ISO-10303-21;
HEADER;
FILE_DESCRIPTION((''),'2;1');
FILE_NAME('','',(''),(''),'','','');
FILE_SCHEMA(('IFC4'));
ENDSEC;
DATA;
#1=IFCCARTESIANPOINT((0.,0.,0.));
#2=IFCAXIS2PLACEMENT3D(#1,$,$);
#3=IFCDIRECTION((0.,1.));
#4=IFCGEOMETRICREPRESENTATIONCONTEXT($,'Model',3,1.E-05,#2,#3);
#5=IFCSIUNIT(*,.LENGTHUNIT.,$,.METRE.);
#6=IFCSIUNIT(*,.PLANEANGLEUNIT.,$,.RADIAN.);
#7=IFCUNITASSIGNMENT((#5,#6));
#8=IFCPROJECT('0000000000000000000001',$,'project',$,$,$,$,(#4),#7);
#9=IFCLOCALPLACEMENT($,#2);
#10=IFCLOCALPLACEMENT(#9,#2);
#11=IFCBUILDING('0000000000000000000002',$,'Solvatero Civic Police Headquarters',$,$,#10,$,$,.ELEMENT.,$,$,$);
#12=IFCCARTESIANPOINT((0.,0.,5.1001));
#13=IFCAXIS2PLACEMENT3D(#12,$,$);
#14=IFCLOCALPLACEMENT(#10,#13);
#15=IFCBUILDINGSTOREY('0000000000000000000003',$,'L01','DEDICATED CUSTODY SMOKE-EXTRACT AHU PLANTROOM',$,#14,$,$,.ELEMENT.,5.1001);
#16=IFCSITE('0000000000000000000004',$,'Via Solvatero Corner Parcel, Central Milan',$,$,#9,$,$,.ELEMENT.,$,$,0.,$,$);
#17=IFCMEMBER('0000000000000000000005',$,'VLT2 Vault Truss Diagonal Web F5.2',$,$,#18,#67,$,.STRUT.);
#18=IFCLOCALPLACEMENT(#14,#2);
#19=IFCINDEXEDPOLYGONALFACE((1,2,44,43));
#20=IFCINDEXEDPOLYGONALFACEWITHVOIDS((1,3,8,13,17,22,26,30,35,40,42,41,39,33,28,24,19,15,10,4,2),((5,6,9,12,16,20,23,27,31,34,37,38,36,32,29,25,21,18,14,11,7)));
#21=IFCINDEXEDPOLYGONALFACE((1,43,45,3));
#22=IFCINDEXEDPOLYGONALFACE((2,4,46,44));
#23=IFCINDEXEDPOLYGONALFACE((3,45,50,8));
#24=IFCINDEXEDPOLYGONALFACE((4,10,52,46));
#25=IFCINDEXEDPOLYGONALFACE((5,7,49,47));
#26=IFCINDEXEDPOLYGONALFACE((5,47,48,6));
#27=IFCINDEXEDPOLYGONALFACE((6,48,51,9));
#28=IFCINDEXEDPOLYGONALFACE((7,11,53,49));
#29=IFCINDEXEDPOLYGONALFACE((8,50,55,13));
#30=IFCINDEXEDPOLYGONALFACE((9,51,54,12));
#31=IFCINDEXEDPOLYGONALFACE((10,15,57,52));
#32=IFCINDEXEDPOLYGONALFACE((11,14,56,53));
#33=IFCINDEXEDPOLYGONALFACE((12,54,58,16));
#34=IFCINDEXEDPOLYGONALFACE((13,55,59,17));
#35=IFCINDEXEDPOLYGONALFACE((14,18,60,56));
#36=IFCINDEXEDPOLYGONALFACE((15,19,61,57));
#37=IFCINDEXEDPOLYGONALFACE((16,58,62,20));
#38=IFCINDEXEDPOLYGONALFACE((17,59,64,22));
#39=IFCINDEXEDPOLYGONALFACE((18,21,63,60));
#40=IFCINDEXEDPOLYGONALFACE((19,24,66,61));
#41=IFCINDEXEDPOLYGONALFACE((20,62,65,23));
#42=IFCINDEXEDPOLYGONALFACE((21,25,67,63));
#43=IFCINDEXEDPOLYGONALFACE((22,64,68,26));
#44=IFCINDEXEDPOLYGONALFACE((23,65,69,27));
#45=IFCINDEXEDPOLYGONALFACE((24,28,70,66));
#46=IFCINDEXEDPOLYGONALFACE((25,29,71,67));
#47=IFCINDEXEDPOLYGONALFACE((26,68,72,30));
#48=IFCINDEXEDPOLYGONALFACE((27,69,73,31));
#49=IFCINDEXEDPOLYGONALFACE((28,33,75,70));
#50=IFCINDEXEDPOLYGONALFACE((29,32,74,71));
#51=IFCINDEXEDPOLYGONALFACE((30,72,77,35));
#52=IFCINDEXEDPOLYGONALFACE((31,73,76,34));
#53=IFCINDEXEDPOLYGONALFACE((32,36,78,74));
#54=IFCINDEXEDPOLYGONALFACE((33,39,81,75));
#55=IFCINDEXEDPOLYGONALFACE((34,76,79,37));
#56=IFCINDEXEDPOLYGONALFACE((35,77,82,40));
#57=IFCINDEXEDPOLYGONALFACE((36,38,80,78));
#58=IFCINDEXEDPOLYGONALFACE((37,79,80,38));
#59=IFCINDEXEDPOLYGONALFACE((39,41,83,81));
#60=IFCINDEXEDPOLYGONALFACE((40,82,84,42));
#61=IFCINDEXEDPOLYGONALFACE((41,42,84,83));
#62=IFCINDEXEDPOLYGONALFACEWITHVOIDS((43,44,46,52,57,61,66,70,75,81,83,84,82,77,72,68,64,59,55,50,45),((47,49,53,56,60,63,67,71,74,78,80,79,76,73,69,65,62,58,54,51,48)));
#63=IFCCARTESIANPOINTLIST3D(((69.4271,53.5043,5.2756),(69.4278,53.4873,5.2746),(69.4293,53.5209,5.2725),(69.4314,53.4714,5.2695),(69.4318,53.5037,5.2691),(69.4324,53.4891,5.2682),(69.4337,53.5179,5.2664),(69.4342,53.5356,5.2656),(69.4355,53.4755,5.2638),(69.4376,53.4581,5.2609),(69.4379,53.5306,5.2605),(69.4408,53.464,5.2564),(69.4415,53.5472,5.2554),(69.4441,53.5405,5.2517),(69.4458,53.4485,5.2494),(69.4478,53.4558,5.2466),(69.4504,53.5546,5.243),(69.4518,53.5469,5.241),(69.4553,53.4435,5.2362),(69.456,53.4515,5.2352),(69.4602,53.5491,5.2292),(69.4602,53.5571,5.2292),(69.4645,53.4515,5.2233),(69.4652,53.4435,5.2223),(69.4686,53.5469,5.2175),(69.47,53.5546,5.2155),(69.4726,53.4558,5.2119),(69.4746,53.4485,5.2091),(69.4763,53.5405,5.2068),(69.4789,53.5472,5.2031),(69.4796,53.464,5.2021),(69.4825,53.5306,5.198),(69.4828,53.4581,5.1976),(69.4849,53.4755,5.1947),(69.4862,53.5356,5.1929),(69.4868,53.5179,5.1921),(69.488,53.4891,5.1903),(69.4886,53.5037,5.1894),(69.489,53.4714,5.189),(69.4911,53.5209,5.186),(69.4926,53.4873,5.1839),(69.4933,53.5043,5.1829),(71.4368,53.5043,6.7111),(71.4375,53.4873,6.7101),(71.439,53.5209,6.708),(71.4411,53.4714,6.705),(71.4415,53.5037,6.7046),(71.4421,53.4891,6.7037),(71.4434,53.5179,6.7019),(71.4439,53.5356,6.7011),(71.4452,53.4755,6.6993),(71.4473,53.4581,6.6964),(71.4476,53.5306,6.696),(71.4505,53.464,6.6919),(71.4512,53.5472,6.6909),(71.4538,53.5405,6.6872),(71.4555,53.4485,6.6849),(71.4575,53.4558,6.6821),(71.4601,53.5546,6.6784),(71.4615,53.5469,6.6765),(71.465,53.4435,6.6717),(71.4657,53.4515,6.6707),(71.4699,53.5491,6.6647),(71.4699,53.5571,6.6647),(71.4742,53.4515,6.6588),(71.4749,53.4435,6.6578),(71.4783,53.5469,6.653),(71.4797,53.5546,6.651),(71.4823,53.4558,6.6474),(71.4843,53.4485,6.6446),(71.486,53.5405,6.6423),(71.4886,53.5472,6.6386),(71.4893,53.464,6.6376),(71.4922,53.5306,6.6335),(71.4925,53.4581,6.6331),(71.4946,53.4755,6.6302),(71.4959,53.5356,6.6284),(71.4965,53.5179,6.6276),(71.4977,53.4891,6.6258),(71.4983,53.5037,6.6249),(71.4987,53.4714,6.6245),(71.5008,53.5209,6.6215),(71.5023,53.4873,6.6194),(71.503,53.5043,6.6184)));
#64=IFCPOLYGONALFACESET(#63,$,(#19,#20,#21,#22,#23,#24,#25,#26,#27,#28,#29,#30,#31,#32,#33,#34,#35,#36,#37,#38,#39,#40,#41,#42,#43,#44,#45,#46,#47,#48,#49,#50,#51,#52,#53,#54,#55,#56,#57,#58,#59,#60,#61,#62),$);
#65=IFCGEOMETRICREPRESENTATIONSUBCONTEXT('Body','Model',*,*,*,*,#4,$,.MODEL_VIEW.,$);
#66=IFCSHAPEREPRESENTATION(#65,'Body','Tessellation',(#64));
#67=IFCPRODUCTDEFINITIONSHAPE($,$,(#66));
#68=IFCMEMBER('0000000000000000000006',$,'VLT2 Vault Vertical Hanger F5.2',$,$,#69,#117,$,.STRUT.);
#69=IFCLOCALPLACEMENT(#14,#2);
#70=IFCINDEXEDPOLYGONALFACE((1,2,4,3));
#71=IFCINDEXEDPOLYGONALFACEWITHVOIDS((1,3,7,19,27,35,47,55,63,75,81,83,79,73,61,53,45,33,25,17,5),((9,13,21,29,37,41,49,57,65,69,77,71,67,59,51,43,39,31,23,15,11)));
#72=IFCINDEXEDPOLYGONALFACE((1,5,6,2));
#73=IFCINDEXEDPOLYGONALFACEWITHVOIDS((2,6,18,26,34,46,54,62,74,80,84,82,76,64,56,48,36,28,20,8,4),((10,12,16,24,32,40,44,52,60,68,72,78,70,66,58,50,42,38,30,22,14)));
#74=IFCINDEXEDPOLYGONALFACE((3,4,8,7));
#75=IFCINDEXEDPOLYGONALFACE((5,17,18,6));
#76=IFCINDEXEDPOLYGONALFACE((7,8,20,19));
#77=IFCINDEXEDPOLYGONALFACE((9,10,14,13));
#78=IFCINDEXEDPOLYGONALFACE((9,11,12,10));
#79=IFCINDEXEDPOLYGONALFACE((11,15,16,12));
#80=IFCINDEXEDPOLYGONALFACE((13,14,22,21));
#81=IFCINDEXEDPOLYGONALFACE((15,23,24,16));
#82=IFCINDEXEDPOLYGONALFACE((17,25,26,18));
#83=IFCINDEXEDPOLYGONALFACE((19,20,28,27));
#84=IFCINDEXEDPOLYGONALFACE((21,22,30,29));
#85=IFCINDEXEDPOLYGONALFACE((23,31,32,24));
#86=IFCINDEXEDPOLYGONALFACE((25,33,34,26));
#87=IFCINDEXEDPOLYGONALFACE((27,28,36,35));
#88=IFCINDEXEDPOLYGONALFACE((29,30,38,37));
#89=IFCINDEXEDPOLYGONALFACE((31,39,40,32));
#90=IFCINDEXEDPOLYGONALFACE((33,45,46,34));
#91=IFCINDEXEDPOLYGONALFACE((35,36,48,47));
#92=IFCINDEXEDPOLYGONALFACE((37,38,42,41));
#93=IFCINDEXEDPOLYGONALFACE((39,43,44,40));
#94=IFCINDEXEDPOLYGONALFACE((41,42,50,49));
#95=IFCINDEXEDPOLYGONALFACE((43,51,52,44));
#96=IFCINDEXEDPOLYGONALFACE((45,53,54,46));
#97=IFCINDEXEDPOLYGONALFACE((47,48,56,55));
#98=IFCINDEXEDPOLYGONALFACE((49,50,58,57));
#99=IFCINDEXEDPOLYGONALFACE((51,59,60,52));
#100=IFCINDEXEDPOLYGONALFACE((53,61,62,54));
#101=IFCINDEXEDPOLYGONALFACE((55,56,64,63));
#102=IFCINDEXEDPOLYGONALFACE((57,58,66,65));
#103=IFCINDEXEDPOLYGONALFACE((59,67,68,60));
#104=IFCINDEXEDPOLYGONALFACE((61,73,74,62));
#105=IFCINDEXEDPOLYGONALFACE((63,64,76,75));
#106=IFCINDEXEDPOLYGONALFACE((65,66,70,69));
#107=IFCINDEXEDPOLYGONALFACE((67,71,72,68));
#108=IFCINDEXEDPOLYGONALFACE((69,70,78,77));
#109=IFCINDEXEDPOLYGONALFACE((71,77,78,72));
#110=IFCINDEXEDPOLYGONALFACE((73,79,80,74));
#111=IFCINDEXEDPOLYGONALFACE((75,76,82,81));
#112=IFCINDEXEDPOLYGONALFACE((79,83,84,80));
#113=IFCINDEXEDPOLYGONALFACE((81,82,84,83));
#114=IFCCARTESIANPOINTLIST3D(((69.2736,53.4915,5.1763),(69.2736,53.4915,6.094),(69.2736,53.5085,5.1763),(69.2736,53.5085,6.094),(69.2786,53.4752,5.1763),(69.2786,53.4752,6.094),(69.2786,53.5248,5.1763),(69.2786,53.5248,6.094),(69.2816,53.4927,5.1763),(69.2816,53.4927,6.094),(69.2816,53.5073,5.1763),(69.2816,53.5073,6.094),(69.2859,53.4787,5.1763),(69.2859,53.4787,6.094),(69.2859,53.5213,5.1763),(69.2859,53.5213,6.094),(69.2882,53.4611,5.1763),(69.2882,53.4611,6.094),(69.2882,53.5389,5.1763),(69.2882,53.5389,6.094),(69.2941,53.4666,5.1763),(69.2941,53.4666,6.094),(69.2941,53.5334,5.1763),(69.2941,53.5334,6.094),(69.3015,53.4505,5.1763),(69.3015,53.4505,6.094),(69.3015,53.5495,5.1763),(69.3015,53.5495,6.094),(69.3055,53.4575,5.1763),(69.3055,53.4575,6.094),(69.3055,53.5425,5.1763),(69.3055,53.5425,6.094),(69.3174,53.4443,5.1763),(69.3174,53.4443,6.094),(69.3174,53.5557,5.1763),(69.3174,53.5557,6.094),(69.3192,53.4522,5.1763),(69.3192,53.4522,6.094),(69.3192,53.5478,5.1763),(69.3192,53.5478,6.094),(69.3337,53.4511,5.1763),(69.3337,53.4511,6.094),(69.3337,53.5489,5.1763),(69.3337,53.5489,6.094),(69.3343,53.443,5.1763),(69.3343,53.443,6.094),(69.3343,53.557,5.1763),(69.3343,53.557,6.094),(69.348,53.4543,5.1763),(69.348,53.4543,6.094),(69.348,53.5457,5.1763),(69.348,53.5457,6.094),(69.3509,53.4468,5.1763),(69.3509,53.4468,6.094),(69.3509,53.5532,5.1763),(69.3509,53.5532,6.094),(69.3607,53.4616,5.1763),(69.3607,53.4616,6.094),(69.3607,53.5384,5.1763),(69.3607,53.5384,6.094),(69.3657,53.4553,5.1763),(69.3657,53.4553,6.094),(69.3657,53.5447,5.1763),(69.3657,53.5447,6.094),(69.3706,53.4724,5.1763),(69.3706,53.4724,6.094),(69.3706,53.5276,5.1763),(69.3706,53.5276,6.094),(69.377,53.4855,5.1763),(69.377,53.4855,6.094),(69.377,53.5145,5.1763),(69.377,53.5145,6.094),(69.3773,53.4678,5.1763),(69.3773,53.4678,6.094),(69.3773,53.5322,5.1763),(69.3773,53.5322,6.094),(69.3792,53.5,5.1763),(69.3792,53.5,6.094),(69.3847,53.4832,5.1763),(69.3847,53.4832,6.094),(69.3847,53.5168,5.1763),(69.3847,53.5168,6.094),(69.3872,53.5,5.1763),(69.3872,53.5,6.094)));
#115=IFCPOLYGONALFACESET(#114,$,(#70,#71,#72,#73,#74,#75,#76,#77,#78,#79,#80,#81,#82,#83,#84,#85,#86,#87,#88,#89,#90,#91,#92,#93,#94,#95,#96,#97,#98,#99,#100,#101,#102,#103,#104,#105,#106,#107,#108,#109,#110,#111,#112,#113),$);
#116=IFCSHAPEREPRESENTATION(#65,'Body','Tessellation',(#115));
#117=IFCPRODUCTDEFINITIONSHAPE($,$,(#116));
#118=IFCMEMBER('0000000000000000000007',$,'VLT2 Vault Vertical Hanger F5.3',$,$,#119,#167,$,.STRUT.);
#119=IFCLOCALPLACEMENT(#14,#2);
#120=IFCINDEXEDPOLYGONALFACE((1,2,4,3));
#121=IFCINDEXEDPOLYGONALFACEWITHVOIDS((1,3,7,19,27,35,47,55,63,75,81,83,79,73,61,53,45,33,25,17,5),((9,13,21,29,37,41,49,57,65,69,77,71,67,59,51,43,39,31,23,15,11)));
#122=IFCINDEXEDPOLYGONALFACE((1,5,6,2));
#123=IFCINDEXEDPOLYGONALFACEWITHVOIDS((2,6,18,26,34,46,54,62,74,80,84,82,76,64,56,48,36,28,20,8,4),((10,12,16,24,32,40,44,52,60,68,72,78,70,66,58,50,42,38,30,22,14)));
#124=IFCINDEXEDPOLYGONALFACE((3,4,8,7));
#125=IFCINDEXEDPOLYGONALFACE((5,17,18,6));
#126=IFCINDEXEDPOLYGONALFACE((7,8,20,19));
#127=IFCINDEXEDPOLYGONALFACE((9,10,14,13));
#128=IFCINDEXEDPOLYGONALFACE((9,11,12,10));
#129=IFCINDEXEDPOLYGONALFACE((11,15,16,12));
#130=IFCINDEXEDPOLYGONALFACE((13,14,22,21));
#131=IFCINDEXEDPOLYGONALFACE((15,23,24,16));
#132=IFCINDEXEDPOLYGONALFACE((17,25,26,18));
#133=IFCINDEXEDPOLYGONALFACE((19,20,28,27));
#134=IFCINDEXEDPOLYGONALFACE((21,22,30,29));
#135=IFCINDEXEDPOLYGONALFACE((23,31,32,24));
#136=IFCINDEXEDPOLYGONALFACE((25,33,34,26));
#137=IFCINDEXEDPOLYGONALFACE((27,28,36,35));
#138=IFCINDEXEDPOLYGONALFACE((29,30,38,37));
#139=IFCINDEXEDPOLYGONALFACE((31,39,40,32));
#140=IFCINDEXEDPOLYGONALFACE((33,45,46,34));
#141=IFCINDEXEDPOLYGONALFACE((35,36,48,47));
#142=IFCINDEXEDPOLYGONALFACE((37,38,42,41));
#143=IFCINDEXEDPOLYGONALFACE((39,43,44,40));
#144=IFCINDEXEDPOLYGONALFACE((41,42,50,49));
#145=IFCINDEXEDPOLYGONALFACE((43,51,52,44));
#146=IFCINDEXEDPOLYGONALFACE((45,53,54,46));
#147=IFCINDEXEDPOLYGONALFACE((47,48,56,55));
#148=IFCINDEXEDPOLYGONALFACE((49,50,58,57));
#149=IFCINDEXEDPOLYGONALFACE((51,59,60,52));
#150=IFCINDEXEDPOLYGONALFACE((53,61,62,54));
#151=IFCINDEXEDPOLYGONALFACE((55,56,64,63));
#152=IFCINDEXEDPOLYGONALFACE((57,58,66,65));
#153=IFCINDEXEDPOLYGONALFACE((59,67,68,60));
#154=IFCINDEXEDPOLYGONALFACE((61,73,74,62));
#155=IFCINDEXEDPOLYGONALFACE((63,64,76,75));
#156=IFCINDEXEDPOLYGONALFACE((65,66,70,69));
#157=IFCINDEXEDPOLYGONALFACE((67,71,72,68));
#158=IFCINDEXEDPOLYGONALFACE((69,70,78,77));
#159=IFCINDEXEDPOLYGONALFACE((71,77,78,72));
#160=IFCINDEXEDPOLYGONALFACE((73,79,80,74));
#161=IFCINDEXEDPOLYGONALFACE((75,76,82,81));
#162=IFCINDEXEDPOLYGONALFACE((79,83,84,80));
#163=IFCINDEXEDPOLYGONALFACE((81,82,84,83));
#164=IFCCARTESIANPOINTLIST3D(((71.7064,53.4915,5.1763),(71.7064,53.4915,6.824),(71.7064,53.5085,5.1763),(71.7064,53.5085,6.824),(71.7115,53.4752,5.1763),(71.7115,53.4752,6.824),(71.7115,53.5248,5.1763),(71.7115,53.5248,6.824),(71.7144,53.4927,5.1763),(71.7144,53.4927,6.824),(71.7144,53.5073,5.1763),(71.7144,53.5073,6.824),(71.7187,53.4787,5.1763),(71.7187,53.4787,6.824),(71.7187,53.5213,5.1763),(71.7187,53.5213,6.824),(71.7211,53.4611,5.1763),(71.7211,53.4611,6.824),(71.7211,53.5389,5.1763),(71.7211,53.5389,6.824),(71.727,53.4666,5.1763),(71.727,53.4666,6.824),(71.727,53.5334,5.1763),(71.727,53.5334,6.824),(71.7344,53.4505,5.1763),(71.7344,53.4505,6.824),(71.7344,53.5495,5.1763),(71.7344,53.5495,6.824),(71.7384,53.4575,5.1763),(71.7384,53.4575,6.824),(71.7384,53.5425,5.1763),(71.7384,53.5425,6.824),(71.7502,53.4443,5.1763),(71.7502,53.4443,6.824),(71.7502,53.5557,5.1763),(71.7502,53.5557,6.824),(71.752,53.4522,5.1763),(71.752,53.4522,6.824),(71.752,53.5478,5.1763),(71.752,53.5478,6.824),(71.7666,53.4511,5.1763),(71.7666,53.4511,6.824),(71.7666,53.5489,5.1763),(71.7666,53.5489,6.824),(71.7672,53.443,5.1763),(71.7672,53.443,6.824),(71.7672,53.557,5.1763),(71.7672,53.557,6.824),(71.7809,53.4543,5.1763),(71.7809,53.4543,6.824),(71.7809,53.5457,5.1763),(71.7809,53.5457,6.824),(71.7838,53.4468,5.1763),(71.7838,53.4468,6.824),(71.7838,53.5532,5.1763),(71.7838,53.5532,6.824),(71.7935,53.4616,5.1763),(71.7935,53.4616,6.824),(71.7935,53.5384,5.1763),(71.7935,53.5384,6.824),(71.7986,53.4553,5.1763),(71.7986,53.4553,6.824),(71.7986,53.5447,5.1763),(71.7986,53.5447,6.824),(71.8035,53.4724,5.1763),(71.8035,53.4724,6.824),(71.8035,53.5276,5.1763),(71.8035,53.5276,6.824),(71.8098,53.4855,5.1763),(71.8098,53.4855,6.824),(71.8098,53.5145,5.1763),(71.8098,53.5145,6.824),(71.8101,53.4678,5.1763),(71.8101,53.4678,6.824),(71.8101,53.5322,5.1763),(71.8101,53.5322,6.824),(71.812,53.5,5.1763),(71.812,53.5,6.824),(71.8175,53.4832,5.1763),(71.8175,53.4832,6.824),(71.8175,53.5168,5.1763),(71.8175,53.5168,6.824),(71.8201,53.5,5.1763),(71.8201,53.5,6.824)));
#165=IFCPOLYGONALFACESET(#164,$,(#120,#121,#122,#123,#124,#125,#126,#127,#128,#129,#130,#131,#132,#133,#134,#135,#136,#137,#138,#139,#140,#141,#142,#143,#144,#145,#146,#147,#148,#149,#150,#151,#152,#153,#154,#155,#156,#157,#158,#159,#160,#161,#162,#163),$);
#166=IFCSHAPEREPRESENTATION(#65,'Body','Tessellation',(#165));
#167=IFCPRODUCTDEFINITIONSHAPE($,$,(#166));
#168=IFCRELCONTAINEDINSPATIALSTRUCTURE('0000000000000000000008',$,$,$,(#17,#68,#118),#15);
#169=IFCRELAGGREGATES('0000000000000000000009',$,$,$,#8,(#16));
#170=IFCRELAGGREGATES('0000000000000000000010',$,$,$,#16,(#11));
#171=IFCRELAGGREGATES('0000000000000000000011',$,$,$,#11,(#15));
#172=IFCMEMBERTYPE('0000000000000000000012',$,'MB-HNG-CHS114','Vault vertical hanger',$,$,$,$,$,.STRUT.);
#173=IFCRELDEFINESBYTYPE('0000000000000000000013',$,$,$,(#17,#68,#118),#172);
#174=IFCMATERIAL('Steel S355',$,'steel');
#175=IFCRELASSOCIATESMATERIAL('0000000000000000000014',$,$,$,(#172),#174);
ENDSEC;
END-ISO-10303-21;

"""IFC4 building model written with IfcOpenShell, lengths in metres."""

from ifc_helpers import new_model, si_unit, direction, frame, origin, origin_2d, place, context, subcontext, project, spatial, hollow_circle, extrude, material, material_profile, profile_set, type_object, element, save


model = new_model("IFC4")

# Units and contexts
model_context = context("Model", 3, precision=1e-05, world=origin(), true_north=direction((0.0, 1.0)))
body_context = subcontext(model_context, "Body", "Model", "MODEL_VIEW")
ifc_project = project(units=[si_unit("LENGTHUNIT", "METRE"), si_unit("PLANEANGLEUNIT", "RADIAN")], contexts=[model_context])

# Site, building, storey
site_placement = place(None, origin())
site = spatial("IfcSite", under=ifc_project, at=site_placement, Name="Via Solvatero Corner Parcel, Central Milan", CompositionType="ELEMENT", RefElevation=0.0)
building_placement = place(site_placement, origin())
building = spatial("IfcBuilding", under=site, at=building_placement, Name="Solvatero Civic Police Headquarters", CompositionType="ELEMENT")
storey_placement = place(building_placement, frame((0.0, 0.0, 5.1001)))
storey = spatial("IfcBuildingStorey", under=building, at=storey_placement, Name="L01", Description="DEDICATED CUSTODY SMOKE-EXTRACT AHU PLANTROOM", CompositionType="ELEMENT", Elevation=5.1001)

# Shared definitions
ifc_material = material(Name="Steel S355", Category="steel")

# Members
ifc_material_profile_1 = material_profile(ifc_material, hollow_circle(Radius=0.0571, WallThickness=0.0081, at=origin_2d()), Name="CHS 114.3x8.0")
ifc_profile_set_1 = profile_set([ifc_material_profile_1], Name="Steel S355")
member_type_1 = type_object("IfcMemberType", Name="MB-HNG-CHS114", Description="Vault vertical hanger", PredefinedType="STRUT", material=ifc_profile_set_1)
member_1_placement = place(storey_placement, frame((69.4602, 53.5, 5.2292), z_axis=(0.813733, 0.0, 0.581238), x_axis=(0.0, 1.0, 0.0)))
element("IfcMember", 1, at=member_1_placement, inside=storey, type_object=member_type_1, Name="VLT2 Vault Truss Diagonal Web F5.2", PredefinedType="STRUT", context=body_context, shape_type="SweptSolid", body=[
    extrude(hollow_circle(Radius=0.0571, WallThickness=0.0081, at=origin_2d()), origin(), (0.0, 0.0, 1.0), 2.4697),
])
member_2_placement = place(storey_placement, frame((69.3301, 53.5, 5.1763), z_axis=(0.0, 0.0, 1.0), x_axis=(1.0, 0.0, 0.0)))
element("IfcMember", 2, at=member_2_placement, inside=storey, type_object=member_type_1, Name="VLT2 Vault Vertical Hanger F5.2", PredefinedType="STRUT", context=body_context, shape_type="SweptSolid", body=[
    extrude(hollow_circle(Radius=0.0571, WallThickness=0.0081, at=origin_2d()), origin(), (0.0, 0.0, 1.0), 0.9177),
])
member_3_placement = place(storey_placement, frame((71.7629, 53.5, 5.1763), z_axis=(0.0, 0.0, 1.0), x_axis=(1.0, 0.0, 0.0)))
element("IfcMember", 3, at=member_3_placement, inside=storey, type_object=member_type_1, Name="VLT2 Vault Vertical Hanger F5.3", PredefinedType="STRUT", context=body_context, shape_type="SweptSolid", body=[
    extrude(hollow_circle(Radius=0.0571, WallThickness=0.0081, at=origin_2d()), origin(), (0.0, 0.0, 1.0), 1.6477),
])

save(model, "model.ifc")
